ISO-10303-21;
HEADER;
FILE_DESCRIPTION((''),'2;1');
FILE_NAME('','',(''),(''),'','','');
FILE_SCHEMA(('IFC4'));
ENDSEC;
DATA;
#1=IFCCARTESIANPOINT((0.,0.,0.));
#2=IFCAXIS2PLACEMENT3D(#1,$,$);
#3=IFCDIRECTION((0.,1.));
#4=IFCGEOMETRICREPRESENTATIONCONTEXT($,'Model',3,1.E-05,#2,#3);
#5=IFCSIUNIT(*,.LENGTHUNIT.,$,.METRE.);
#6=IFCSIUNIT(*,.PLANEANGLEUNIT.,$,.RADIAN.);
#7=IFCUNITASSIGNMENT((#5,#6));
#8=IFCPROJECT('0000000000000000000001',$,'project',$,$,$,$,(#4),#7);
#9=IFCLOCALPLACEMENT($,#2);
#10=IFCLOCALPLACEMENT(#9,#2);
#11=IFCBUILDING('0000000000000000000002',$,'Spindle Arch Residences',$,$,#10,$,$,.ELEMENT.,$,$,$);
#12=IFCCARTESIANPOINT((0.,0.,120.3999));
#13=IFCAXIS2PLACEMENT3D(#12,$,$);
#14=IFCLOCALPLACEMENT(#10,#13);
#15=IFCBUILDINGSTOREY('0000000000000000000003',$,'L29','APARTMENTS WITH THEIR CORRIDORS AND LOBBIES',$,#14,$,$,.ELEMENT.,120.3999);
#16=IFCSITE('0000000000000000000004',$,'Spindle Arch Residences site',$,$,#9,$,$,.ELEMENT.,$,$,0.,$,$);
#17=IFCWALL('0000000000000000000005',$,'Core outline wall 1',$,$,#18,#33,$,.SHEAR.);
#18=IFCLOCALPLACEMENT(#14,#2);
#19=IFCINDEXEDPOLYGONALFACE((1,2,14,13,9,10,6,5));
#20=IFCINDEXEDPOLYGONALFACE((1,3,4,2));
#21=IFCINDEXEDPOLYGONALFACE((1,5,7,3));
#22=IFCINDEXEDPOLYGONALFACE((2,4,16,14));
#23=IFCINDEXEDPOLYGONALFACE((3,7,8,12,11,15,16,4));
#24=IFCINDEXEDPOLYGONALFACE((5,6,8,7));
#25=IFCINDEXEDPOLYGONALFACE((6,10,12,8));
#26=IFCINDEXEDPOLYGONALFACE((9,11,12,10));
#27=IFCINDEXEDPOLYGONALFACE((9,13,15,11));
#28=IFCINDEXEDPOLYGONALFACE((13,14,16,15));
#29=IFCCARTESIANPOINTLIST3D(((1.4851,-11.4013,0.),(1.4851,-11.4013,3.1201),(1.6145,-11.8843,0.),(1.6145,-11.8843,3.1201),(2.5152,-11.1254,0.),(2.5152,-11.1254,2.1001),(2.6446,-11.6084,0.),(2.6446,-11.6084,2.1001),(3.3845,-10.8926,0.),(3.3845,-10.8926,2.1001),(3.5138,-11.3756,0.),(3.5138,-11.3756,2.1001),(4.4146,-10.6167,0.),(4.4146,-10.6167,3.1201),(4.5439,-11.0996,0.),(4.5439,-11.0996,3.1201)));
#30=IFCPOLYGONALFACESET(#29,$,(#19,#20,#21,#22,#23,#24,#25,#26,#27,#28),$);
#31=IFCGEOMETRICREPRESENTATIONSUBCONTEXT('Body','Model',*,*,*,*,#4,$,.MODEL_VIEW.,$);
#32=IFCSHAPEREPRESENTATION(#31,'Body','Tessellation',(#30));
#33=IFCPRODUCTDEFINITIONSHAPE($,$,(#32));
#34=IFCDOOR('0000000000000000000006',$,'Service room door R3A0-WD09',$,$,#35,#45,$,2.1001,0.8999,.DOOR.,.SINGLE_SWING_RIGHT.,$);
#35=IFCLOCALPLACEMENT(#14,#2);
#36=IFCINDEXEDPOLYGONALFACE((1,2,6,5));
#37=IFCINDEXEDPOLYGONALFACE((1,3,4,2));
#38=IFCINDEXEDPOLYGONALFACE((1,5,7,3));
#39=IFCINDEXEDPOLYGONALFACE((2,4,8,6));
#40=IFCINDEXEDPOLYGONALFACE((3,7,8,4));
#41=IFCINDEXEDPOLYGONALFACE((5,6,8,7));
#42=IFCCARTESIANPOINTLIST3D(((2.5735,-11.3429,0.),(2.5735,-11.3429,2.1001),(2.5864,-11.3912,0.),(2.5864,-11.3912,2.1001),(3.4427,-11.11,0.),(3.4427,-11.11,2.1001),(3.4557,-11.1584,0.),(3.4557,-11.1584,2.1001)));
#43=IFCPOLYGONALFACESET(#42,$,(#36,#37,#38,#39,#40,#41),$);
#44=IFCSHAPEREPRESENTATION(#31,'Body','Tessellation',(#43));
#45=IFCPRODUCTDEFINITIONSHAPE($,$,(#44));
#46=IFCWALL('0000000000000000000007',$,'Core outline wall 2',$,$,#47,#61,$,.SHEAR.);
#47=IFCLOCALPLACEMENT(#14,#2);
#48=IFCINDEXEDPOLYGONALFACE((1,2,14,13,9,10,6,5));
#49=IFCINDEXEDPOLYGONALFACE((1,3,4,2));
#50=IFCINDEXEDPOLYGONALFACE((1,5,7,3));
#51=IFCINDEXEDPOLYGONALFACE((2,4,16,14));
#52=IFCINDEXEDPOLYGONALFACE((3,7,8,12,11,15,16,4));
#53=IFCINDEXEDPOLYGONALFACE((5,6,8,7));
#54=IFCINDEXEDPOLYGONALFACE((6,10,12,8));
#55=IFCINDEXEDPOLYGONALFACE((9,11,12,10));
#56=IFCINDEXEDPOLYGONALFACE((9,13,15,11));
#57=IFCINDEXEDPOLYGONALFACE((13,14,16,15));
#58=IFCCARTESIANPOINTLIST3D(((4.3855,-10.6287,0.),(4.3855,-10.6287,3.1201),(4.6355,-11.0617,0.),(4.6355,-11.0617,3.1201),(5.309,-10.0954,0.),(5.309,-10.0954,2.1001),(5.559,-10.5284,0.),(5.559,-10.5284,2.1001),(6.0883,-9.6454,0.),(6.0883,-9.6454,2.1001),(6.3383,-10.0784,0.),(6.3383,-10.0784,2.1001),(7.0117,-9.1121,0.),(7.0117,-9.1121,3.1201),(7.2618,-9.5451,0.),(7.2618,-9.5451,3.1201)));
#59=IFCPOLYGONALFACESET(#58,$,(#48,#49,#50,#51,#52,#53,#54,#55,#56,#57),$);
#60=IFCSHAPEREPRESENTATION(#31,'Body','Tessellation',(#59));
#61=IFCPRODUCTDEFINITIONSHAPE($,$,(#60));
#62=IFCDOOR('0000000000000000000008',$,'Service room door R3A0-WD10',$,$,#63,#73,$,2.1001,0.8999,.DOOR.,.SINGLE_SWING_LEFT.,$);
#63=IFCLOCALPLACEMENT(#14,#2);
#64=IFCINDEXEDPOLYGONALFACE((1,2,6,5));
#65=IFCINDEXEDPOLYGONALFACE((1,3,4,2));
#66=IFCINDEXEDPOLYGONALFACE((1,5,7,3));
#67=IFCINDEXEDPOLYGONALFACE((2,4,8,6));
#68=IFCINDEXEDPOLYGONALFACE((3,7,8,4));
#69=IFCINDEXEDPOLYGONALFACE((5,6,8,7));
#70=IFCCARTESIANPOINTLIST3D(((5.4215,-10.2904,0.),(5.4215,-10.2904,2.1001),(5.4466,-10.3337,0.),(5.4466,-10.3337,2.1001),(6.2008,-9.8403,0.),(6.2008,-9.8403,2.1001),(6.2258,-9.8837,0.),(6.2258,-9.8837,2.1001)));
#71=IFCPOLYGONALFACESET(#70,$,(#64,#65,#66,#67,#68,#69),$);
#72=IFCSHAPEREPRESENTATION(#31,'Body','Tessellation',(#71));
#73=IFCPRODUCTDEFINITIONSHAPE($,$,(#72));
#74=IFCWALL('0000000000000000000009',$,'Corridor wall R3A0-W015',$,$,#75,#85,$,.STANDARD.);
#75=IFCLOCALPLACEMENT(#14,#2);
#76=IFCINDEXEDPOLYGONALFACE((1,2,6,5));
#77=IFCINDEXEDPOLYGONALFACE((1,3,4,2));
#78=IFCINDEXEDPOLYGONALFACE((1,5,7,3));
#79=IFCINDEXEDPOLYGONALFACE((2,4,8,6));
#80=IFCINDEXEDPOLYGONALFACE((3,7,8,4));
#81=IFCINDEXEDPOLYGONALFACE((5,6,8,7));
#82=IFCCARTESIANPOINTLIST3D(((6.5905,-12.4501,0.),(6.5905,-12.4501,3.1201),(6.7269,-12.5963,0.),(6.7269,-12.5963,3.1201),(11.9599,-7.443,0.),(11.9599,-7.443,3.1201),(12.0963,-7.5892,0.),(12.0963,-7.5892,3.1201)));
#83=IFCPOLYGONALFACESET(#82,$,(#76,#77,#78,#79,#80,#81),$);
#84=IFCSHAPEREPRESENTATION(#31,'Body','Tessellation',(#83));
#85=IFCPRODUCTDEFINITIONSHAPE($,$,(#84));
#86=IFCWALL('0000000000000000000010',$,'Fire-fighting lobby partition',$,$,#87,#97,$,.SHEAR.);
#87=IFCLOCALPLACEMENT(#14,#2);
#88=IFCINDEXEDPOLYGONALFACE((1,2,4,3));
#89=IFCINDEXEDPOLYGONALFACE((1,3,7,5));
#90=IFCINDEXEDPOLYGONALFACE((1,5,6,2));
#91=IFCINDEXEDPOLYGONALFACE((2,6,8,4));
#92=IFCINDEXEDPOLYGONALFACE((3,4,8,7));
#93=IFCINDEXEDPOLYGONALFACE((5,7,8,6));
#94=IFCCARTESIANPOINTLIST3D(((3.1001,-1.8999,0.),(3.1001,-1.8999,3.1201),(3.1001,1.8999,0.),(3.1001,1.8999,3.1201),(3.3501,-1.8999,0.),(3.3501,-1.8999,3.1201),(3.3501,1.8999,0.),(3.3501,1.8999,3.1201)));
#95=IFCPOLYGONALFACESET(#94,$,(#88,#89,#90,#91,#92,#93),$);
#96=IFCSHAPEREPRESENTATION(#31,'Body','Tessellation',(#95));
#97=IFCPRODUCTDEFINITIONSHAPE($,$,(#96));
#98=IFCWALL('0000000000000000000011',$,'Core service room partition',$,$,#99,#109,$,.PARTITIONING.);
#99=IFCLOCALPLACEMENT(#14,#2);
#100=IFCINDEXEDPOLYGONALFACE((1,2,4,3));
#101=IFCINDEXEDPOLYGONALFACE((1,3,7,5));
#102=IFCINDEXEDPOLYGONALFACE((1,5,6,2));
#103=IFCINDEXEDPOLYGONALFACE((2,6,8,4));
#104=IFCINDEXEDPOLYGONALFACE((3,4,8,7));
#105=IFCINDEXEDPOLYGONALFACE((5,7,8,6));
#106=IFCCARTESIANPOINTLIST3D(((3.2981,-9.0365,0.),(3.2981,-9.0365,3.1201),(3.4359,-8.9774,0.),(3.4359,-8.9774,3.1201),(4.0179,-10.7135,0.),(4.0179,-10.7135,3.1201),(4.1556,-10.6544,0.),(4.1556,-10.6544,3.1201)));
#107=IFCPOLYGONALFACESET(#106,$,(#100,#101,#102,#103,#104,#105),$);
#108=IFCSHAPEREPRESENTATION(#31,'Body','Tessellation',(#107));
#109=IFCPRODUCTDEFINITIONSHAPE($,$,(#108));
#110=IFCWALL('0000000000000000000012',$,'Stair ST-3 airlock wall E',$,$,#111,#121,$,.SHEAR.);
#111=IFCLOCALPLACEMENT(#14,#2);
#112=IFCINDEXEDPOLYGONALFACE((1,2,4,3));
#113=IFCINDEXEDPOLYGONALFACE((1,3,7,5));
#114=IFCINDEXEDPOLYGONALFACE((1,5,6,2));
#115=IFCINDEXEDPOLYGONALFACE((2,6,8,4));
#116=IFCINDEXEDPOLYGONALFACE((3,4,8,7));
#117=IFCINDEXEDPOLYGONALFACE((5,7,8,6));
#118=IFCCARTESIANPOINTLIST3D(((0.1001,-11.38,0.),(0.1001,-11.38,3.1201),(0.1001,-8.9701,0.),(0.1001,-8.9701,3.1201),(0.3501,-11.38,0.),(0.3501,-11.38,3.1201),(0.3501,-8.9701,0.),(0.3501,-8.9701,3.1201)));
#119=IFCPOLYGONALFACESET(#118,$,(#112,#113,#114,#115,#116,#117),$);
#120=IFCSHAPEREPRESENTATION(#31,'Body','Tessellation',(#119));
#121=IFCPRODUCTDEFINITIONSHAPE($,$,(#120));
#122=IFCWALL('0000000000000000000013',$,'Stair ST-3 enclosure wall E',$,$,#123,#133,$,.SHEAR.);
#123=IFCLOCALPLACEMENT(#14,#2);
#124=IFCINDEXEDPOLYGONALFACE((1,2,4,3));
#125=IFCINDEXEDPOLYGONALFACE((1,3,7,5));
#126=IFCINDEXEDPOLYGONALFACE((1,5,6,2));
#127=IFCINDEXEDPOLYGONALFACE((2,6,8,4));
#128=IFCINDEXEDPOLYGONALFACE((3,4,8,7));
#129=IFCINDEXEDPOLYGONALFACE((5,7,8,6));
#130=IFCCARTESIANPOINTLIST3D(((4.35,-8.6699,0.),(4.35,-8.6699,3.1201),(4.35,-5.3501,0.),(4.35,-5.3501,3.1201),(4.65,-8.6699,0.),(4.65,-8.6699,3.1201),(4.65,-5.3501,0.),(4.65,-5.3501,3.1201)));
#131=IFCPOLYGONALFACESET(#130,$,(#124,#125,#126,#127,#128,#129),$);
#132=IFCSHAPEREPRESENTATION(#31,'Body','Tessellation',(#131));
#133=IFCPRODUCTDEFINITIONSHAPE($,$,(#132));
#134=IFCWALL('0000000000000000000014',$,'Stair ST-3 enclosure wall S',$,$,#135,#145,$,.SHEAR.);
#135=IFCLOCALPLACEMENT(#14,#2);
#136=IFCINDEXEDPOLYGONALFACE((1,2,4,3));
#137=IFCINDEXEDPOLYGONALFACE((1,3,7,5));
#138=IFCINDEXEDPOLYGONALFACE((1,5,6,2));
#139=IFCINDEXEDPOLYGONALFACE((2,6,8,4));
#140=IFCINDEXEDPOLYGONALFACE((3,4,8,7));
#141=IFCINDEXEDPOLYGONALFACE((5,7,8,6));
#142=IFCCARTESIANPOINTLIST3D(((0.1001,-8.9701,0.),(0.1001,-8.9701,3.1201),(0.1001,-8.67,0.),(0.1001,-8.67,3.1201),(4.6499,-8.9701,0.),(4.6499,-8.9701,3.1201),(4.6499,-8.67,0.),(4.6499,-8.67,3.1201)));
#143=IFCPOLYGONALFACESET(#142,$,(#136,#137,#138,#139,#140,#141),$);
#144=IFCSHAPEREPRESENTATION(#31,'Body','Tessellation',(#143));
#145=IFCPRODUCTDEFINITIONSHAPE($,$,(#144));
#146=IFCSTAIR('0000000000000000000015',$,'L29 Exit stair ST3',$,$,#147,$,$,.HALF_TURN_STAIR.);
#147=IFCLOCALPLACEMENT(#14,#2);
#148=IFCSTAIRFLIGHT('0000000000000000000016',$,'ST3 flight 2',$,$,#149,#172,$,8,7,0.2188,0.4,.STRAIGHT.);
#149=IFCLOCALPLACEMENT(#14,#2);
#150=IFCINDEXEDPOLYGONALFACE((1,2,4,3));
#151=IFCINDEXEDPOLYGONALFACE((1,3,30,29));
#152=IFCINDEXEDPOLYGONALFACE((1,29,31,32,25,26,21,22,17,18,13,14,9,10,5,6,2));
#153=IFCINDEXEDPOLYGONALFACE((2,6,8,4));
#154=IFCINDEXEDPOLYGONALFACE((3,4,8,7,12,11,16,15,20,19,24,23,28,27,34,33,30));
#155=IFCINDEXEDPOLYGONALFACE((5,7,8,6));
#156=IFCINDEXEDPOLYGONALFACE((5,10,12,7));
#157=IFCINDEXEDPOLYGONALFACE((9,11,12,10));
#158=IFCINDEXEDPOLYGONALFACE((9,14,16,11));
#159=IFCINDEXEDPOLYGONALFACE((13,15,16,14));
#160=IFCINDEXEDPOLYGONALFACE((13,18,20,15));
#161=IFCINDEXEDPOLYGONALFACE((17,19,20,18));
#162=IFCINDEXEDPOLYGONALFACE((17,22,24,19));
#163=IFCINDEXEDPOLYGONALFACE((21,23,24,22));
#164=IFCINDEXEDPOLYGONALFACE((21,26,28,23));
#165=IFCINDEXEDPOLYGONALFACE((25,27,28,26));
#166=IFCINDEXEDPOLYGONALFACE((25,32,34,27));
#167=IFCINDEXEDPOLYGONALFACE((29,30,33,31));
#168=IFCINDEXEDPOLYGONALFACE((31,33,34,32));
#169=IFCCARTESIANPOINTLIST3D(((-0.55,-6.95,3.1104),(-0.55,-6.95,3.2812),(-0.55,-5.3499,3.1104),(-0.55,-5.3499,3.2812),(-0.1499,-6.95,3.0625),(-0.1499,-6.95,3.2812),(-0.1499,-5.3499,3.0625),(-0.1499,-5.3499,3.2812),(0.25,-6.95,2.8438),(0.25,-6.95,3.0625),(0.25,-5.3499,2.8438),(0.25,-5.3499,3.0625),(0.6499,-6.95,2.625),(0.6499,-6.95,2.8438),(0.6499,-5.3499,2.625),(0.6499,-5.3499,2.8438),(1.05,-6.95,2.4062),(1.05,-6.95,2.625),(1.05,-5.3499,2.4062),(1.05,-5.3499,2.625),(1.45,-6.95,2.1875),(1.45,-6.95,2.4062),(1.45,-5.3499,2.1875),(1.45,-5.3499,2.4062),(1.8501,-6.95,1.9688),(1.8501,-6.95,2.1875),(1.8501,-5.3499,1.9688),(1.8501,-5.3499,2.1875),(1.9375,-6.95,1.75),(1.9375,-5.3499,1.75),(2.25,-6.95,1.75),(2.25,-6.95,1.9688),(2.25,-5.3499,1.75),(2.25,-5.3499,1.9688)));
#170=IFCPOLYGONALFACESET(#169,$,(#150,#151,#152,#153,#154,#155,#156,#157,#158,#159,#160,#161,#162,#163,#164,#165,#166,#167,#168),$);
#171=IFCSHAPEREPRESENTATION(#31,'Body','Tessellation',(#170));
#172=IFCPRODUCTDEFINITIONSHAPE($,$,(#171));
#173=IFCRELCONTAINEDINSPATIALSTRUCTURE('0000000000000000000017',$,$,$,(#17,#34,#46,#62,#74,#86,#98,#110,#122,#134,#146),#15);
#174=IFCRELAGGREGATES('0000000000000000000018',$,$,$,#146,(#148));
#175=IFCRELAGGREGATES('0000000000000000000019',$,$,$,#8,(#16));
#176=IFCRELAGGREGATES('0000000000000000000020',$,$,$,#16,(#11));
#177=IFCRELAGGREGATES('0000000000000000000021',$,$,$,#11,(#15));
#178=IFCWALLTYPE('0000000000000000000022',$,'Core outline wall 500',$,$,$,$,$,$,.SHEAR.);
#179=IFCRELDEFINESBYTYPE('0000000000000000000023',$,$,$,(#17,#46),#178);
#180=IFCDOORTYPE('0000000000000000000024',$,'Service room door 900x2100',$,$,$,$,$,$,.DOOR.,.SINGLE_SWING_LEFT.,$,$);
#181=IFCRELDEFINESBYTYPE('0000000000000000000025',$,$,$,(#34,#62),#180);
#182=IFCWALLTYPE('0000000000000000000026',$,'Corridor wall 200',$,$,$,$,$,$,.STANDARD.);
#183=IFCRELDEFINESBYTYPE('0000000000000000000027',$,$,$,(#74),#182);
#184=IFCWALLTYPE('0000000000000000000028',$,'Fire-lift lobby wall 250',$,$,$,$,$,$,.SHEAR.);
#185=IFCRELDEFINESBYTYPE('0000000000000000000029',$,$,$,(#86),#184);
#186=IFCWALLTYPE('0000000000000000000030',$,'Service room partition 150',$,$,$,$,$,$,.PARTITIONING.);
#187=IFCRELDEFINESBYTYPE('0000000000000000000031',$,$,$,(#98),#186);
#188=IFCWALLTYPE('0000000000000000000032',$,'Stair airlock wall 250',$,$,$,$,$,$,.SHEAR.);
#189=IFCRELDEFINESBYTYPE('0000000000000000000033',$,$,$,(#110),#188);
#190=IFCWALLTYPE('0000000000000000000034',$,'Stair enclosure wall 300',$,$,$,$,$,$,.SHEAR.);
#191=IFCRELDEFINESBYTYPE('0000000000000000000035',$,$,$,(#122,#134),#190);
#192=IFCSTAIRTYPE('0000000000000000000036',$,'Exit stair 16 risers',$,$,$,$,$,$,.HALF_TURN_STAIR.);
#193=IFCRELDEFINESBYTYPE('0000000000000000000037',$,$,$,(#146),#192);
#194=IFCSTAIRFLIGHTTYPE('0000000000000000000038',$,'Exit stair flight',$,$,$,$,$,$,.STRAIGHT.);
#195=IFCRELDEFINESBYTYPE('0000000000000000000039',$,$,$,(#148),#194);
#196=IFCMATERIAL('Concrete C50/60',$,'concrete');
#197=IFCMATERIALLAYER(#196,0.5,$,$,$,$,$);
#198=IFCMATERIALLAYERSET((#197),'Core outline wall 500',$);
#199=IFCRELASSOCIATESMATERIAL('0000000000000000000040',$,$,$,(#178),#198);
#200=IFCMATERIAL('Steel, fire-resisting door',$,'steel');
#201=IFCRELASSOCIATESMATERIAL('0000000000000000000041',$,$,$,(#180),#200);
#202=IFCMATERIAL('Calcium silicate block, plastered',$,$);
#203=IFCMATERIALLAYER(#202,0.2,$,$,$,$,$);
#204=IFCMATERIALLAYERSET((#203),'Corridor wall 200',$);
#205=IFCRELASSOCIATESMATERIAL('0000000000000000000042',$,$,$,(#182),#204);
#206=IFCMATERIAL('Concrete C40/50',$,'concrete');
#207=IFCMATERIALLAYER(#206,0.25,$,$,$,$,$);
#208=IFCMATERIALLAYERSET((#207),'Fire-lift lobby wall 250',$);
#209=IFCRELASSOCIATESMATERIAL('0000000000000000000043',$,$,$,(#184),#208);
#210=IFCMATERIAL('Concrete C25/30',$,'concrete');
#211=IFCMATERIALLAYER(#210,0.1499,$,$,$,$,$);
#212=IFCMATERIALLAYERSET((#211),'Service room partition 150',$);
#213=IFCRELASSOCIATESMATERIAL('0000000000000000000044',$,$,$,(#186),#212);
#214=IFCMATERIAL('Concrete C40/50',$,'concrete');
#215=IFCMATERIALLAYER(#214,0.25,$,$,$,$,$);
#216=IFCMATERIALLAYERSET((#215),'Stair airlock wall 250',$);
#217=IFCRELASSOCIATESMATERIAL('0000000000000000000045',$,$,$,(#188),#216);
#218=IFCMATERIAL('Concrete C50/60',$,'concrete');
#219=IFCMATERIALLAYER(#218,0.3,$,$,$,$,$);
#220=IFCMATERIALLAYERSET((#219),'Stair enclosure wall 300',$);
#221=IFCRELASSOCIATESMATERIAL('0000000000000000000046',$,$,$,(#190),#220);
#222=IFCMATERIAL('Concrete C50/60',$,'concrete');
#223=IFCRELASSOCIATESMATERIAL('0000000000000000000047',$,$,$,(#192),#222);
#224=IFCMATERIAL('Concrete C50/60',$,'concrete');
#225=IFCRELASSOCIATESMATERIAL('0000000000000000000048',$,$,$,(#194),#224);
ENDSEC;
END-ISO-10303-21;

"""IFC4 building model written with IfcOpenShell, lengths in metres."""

from ifc_helpers import new_model, si_unit, direction, frame, frame_2d, origin, place, context, subcontext, project, spatial, polyline, rectangle, outline, extrude, material, layer, layer_set, type_object, element, fill, aggregate, save


model = new_model("IFC4")

# Units and contexts
model_context = context("Model", 3, precision=1e-05, world=origin(), true_north=direction((0.0, 1.0)))
body_context = subcontext(model_context, "Body", "Model", "MODEL_VIEW")
ifc_project = project(units=[si_unit("LENGTHUNIT", "METRE"), si_unit("PLANEANGLEUNIT", "RADIAN")], contexts=[model_context])

# Site, building, storey
site_placement = place(None, origin())
site = spatial("IfcSite", under=ifc_project, at=site_placement, Name="Spindle Arch Residences site", CompositionType="ELEMENT", RefElevation=0.0)
building_placement = place(site_placement, origin())
building = spatial("IfcBuilding", under=site, at=building_placement, Name="Spindle Arch Residences", CompositionType="ELEMENT")
storey_placement = place(building_placement, frame((0.0, 0.0, 120.3999)))
storey = spatial("IfcBuildingStorey", under=building, at=storey_placement, Name="L29", Description="APARTMENTS WITH THEIR CORRIDORS AND LOBBIES", CompositionType="ELEMENT", Elevation=120.3999)

# Walls, openings, doors
ifc_material_1 = material(Name="Concrete C50/60", Category="concrete")
ifc_layer_1 = layer(ifc_material_1, 0.5)
ifc_layer_set_1 = layer_set([ifc_layer_1], Name="Core outline wall 500")
wall_type_1 = type_object("IfcWallType", Name="Core outline wall 500", PredefinedType="SHEAR", material=ifc_layer_set_1)
wall_1_placement = place(storey_placement, frame((1.5498, -11.6428, 0.0), z_axis=(0.0, 0.0, 1.0), x_axis=(0.965948, 0.258735, 0.0)))
wall_1 = element("IfcWall", 1, at=wall_1_placement, inside=storey, type_object=wall_type_1, Name="Core outline wall 1", PredefinedType="SHEAR", context=body_context, shape_type="SweptSolid", body=[
    extrude(rectangle(XDim=3.0327, YDim=0.5, at=frame_2d((1.5164, 0.0))), origin(), (0.0, 0.0, 1.0), 3.1201),
])
opening_1_placement = place(wall_1_placement, frame((1.0664, 0.0, 0.0)))
opening_1 = element("IfcOpeningElement", 2, at=opening_1_placement, cuts=wall_1, PredefinedType="OPENING", context=body_context, shape_type="SweptSolid", body=[
    extrude(rectangle(XDim=0.8999, YDim=2.1001, at=frame_2d((0.45, 1.05))), frame((0.0, 0.26, 0.0), z_axis=(0.0, -1.0, 0.0), x_axis=(1.0, 0.0, 0.0)), (0.0, 0.0, 1.0), 0.52),
])
ifc_material_2 = material(Name="Steel, fire-resisting door", Category="steel")
door_type_1 = type_object("IfcDoorType", Name="Service room door 900x2100", OperationType="SINGLE_SWING_LEFT", PredefinedType="DOOR", material=ifc_material_2)
door_1_placement = place(opening_1_placement, origin())
door_1 = element("IfcDoor", 3, at=door_1_placement, inside=storey, type_object=door_type_1, Name="Service room door R3A0-WD09", OperationType="SINGLE_SWING_RIGHT", OverallHeight=2.1001, OverallWidth=0.8999, PredefinedType="DOOR", context=body_context, shape_type="SweptSolid", body=[
    extrude(rectangle(XDim=0.8999, YDim=2.1001, at=frame_2d((0.45, 1.05))), frame((0.0, 0.0249, 0.0), z_axis=(0.0, -1.0, 0.0), x_axis=(1.0, 0.0, 0.0)), (0.0, 0.0, 1.0), 0.05),
])
fill(opening_1, door_1)
wall_2_placement = place(storey_placement, frame((4.5105, -10.8452, 0.0), z_axis=(0.0, 0.0, 1.0), x_axis=(0.865975, 0.500087, 0.0)))
wall_2 = element("IfcWall", 4, at=wall_2_placement, inside=storey, type_object=wall_type_1, Name="Core outline wall 2", PredefinedType="SHEAR", context=body_context, shape_type="SweptSolid", body=[
    extrude(rectangle(XDim=3.0327, YDim=0.5, at=frame_2d((1.5164, 0.0))), origin(), (0.0, 0.0, 1.0), 3.1201),
])
opening_2_placement = place(wall_2_placement, frame((1.0664, 0.0, 0.0)))
opening_2 = element("IfcOpeningElement", 5, at=opening_2_placement, cuts=wall_2, PredefinedType="OPENING", context=body_context, shape_type="SweptSolid", body=[
    extrude(rectangle(XDim=0.8999, YDim=2.1001, at=frame_2d((0.45, 1.05))), frame((0.0, 0.26, 0.0), z_axis=(0.0, -1.0, 0.0), x_axis=(1.0, 0.0, 0.0)), (0.0, 0.0, 1.0), 0.52),
])
door_2_placement = place(opening_2_placement, origin())
door_2 = element("IfcDoor", 6, at=door_2_placement, inside=storey, type_object=door_type_1, Name="Service room door R3A0-WD10", OperationType="SINGLE_SWING_LEFT", OverallHeight=2.1001, OverallWidth=0.8999, PredefinedType="DOOR", context=body_context, shape_type="SweptSolid", body=[
    extrude(rectangle(XDim=0.8999, YDim=2.1001, at=frame_2d((0.45, 1.05))), frame((0.0, 0.0249, 0.0), z_axis=(0.0, -1.0, 0.0), x_axis=(1.0, 0.0, 0.0)), (0.0, 0.0, 1.0), 0.05),
])
fill(opening_2, door_2)

# Walls
ifc_material_3 = material(Name="Calcium silicate block, plastered")
ifc_layer_2 = layer(ifc_material_3, 0.2)
ifc_layer_set_2 = layer_set([ifc_layer_2], Name="Corridor wall 200")
wall_type_2 = type_object("IfcWallType", Name="Corridor wall 200", PredefinedType="STANDARD", material=ifc_layer_set_2)
wall_3_placement = place(storey_placement, frame((6.6587, -12.5232, 0.0), z_axis=(0.0, 0.0, 1.0), x_axis=(0.73135, 0.682002, 0.0)))
element("IfcWall", 7, at=wall_3_placement, inside=storey, type_object=wall_type_2, Name="Corridor wall R3A0-W015", PredefinedType="STANDARD", context=body_context, shape_type="SweptSolid", body=[
    extrude(rectangle(XDim=7.3418, YDim=0.2, at=frame_2d((3.6709, 0.0))), origin(), (0.0, 0.0, 1.0), 3.1201),
])
ifc_material_4 = material(Name="Concrete C40/50", Category="concrete")
ifc_layer_3 = layer(ifc_material_4, 0.25)
ifc_layer_set_3 = layer_set([ifc_layer_3], Name="Fire-lift lobby wall 250")
wall_type_3 = type_object("IfcWallType", Name="Fire-lift lobby wall 250", PredefinedType="SHEAR", material=ifc_layer_set_3)
wall_4_placement = place(storey_placement, frame((3.2251, -1.8999, 0.0), z_axis=(0.0, 0.0, 1.0), x_axis=(0.0, 1.0, 0.0)))
element("IfcWall", 8, at=wall_4_placement, inside=storey, type_object=wall_type_3, Name="Fire-fighting lobby partition", PredefinedType="SHEAR", context=body_context, shape_type="SweptSolid", body=[
    extrude(rectangle(XDim=3.7998, YDim=0.25, at=frame_2d((1.8999, 0.0))), origin(), (0.0, 0.0, 1.0), 3.1201),
])

# Walls
ifc_material_5 = material(Name="Concrete C25/30", Category="concrete")
ifc_layer_4 = layer(ifc_material_5, 0.1499)
ifc_layer_set_4 = layer_set([ifc_layer_4], Name="Service room partition 150")
wall_type_4 = type_object("IfcWallType", Name="Service room partition 150", PredefinedType="PARTITIONING", material=ifc_layer_set_4)
wall_5_placement = place(storey_placement, frame((3.3669, -9.0068, 0.0), z_axis=(0.0, 0.0, 1.0), x_axis=(0.394387, -0.918944, 0.0)))
element("IfcWall", 9, at=wall_5_placement, inside=storey, type_object=wall_type_4, Name="Core service room partition", PredefinedType="PARTITIONING", context=body_context, shape_type="SweptSolid", body=[
    extrude(rectangle(XDim=1.825, YDim=0.1499, at=frame_2d((0.9126, 0.0))), origin(), (0.0, 0.0, 1.0), 3.1201),
])
ifc_material_6 = material(Name="Concrete C40/50", Category="concrete")
ifc_layer_5 = layer(ifc_material_6, 0.25)
ifc_layer_set_5 = layer_set([ifc_layer_5], Name="Stair airlock wall 250")
wall_type_5 = type_object("IfcWallType", Name="Stair airlock wall 250", PredefinedType="SHEAR", material=ifc_layer_set_5)
wall_6_placement = place(storey_placement, frame((0.2251, -8.97, 0.0), z_axis=(0.0, 0.0, 1.0), x_axis=(0.0, -1.0, 0.0)))
element("IfcWall", 10, at=wall_6_placement, inside=storey, type_object=wall_type_5, Name="Stair ST-3 airlock wall E", PredefinedType="SHEAR", context=body_context, shape_type="SweptSolid", body=[
    extrude(rectangle(XDim=2.4099, YDim=0.25, at=frame_2d((1.2051, 0.0))), origin(), (0.0, 0.0, 1.0), 3.1201),
])
ifc_material_7 = material(Name="Concrete C50/60", Category="concrete")
ifc_layer_6 = layer(ifc_material_7, 0.3)
ifc_layer_set_6 = layer_set([ifc_layer_6], Name="Stair enclosure wall 300")
wall_type_6 = type_object("IfcWallType", Name="Stair enclosure wall 300", PredefinedType="SHEAR", material=ifc_layer_set_6)
wall_7_placement = place(storey_placement, frame((4.5, -8.6699, 0.0), z_axis=(0.0, 0.0, 1.0), x_axis=(0.0, 1.0, 0.0)))
element("IfcWall", 11, at=wall_7_placement, inside=storey, type_object=wall_type_6, Name="Stair ST-3 enclosure wall E", PredefinedType="SHEAR", context=body_context, shape_type="SweptSolid", body=[
    extrude(rectangle(XDim=3.3198, YDim=0.3, at=frame_2d((1.6599, 0.0))), origin(), (0.0, 0.0, 1.0), 3.1201),
])
wall_8_placement = place(storey_placement, frame((0.1001, -8.8201, 0.0), z_axis=(0.0, 0.0, 1.0), x_axis=(1.0, 0.0, 0.0)))
element("IfcWall", 12, at=wall_8_placement, inside=storey, type_object=wall_type_6, Name="Stair ST-3 enclosure wall S", PredefinedType="SHEAR", context=body_context, shape_type="SweptSolid", body=[
    extrude(rectangle(XDim=4.5498, YDim=0.3, at=frame_2d((2.2749, 0.0))), origin(), (0.0, 0.0, 1.0), 3.1201),
])

# Stair, stair flight
ifc_material_8 = material(Name="Concrete C50/60", Category="concrete")
stair_type = type_object("IfcStairType", Name="Exit stair 16 risers", PredefinedType="HALF_TURN_STAIR", material=ifc_material_8)
stair_placement = place(storey_placement, origin())
stair = element("IfcStair", 13, at=stair_placement, inside=storey, type_object=stair_type, Name="L29 Exit stair ST3", PredefinedType="HALF_TURN_STAIR")
ifc_material_9 = material(Name="Concrete C50/60", Category="concrete")
stair_flight_type = type_object("IfcStairFlightType", Name="Exit stair flight", PredefinedType="STRAIGHT", material=ifc_material_9)
stair_flight_placement = place(storey_placement, frame((2.25, -6.1499, 1.75), z_axis=(0.0, 0.0, 1.0), x_axis=(-1.0, 0.0, 0.0)))
stair_flight = element("IfcStairFlight", 14, at=stair_flight_placement, type_object=stair_flight_type, Name="ST3 flight 2", NumberOfRisers=8, NumberOfTreads=7, PredefinedType="STRAIGHT", RiserHeight=0.2188, TreadLength=0.4, context=body_context, shape_type="SweptSolid", body=[
    extrude(outline(polyline([(0.0, 0.0), (0.0, 0.2188), (0.3999, 0.2188), (0.3999, 0.4375), (0.8, 0.4375), (0.8, 0.6562), (1.2, 0.6562), (1.2, 0.875), (1.6001, 0.875), (1.6001, 1.0938), (2.0, 1.0938), (2.0, 1.3125), (2.3999, 1.3125), (2.3999, 1.5312), (2.8, 1.5312), (2.8, 1.75), (2.8, 1.3604), (0.3125, 0.0), (0.0, 0.0)])), frame((0.0, 0.8, 0.0), z_axis=(0.0, -1.0, 0.0), x_axis=(1.0, 0.0, 0.0)), (0.0, 0.0, 1.0), 1.6001),
])
aggregate(stair, [stair_flight])

save(model, "model.ifc")
